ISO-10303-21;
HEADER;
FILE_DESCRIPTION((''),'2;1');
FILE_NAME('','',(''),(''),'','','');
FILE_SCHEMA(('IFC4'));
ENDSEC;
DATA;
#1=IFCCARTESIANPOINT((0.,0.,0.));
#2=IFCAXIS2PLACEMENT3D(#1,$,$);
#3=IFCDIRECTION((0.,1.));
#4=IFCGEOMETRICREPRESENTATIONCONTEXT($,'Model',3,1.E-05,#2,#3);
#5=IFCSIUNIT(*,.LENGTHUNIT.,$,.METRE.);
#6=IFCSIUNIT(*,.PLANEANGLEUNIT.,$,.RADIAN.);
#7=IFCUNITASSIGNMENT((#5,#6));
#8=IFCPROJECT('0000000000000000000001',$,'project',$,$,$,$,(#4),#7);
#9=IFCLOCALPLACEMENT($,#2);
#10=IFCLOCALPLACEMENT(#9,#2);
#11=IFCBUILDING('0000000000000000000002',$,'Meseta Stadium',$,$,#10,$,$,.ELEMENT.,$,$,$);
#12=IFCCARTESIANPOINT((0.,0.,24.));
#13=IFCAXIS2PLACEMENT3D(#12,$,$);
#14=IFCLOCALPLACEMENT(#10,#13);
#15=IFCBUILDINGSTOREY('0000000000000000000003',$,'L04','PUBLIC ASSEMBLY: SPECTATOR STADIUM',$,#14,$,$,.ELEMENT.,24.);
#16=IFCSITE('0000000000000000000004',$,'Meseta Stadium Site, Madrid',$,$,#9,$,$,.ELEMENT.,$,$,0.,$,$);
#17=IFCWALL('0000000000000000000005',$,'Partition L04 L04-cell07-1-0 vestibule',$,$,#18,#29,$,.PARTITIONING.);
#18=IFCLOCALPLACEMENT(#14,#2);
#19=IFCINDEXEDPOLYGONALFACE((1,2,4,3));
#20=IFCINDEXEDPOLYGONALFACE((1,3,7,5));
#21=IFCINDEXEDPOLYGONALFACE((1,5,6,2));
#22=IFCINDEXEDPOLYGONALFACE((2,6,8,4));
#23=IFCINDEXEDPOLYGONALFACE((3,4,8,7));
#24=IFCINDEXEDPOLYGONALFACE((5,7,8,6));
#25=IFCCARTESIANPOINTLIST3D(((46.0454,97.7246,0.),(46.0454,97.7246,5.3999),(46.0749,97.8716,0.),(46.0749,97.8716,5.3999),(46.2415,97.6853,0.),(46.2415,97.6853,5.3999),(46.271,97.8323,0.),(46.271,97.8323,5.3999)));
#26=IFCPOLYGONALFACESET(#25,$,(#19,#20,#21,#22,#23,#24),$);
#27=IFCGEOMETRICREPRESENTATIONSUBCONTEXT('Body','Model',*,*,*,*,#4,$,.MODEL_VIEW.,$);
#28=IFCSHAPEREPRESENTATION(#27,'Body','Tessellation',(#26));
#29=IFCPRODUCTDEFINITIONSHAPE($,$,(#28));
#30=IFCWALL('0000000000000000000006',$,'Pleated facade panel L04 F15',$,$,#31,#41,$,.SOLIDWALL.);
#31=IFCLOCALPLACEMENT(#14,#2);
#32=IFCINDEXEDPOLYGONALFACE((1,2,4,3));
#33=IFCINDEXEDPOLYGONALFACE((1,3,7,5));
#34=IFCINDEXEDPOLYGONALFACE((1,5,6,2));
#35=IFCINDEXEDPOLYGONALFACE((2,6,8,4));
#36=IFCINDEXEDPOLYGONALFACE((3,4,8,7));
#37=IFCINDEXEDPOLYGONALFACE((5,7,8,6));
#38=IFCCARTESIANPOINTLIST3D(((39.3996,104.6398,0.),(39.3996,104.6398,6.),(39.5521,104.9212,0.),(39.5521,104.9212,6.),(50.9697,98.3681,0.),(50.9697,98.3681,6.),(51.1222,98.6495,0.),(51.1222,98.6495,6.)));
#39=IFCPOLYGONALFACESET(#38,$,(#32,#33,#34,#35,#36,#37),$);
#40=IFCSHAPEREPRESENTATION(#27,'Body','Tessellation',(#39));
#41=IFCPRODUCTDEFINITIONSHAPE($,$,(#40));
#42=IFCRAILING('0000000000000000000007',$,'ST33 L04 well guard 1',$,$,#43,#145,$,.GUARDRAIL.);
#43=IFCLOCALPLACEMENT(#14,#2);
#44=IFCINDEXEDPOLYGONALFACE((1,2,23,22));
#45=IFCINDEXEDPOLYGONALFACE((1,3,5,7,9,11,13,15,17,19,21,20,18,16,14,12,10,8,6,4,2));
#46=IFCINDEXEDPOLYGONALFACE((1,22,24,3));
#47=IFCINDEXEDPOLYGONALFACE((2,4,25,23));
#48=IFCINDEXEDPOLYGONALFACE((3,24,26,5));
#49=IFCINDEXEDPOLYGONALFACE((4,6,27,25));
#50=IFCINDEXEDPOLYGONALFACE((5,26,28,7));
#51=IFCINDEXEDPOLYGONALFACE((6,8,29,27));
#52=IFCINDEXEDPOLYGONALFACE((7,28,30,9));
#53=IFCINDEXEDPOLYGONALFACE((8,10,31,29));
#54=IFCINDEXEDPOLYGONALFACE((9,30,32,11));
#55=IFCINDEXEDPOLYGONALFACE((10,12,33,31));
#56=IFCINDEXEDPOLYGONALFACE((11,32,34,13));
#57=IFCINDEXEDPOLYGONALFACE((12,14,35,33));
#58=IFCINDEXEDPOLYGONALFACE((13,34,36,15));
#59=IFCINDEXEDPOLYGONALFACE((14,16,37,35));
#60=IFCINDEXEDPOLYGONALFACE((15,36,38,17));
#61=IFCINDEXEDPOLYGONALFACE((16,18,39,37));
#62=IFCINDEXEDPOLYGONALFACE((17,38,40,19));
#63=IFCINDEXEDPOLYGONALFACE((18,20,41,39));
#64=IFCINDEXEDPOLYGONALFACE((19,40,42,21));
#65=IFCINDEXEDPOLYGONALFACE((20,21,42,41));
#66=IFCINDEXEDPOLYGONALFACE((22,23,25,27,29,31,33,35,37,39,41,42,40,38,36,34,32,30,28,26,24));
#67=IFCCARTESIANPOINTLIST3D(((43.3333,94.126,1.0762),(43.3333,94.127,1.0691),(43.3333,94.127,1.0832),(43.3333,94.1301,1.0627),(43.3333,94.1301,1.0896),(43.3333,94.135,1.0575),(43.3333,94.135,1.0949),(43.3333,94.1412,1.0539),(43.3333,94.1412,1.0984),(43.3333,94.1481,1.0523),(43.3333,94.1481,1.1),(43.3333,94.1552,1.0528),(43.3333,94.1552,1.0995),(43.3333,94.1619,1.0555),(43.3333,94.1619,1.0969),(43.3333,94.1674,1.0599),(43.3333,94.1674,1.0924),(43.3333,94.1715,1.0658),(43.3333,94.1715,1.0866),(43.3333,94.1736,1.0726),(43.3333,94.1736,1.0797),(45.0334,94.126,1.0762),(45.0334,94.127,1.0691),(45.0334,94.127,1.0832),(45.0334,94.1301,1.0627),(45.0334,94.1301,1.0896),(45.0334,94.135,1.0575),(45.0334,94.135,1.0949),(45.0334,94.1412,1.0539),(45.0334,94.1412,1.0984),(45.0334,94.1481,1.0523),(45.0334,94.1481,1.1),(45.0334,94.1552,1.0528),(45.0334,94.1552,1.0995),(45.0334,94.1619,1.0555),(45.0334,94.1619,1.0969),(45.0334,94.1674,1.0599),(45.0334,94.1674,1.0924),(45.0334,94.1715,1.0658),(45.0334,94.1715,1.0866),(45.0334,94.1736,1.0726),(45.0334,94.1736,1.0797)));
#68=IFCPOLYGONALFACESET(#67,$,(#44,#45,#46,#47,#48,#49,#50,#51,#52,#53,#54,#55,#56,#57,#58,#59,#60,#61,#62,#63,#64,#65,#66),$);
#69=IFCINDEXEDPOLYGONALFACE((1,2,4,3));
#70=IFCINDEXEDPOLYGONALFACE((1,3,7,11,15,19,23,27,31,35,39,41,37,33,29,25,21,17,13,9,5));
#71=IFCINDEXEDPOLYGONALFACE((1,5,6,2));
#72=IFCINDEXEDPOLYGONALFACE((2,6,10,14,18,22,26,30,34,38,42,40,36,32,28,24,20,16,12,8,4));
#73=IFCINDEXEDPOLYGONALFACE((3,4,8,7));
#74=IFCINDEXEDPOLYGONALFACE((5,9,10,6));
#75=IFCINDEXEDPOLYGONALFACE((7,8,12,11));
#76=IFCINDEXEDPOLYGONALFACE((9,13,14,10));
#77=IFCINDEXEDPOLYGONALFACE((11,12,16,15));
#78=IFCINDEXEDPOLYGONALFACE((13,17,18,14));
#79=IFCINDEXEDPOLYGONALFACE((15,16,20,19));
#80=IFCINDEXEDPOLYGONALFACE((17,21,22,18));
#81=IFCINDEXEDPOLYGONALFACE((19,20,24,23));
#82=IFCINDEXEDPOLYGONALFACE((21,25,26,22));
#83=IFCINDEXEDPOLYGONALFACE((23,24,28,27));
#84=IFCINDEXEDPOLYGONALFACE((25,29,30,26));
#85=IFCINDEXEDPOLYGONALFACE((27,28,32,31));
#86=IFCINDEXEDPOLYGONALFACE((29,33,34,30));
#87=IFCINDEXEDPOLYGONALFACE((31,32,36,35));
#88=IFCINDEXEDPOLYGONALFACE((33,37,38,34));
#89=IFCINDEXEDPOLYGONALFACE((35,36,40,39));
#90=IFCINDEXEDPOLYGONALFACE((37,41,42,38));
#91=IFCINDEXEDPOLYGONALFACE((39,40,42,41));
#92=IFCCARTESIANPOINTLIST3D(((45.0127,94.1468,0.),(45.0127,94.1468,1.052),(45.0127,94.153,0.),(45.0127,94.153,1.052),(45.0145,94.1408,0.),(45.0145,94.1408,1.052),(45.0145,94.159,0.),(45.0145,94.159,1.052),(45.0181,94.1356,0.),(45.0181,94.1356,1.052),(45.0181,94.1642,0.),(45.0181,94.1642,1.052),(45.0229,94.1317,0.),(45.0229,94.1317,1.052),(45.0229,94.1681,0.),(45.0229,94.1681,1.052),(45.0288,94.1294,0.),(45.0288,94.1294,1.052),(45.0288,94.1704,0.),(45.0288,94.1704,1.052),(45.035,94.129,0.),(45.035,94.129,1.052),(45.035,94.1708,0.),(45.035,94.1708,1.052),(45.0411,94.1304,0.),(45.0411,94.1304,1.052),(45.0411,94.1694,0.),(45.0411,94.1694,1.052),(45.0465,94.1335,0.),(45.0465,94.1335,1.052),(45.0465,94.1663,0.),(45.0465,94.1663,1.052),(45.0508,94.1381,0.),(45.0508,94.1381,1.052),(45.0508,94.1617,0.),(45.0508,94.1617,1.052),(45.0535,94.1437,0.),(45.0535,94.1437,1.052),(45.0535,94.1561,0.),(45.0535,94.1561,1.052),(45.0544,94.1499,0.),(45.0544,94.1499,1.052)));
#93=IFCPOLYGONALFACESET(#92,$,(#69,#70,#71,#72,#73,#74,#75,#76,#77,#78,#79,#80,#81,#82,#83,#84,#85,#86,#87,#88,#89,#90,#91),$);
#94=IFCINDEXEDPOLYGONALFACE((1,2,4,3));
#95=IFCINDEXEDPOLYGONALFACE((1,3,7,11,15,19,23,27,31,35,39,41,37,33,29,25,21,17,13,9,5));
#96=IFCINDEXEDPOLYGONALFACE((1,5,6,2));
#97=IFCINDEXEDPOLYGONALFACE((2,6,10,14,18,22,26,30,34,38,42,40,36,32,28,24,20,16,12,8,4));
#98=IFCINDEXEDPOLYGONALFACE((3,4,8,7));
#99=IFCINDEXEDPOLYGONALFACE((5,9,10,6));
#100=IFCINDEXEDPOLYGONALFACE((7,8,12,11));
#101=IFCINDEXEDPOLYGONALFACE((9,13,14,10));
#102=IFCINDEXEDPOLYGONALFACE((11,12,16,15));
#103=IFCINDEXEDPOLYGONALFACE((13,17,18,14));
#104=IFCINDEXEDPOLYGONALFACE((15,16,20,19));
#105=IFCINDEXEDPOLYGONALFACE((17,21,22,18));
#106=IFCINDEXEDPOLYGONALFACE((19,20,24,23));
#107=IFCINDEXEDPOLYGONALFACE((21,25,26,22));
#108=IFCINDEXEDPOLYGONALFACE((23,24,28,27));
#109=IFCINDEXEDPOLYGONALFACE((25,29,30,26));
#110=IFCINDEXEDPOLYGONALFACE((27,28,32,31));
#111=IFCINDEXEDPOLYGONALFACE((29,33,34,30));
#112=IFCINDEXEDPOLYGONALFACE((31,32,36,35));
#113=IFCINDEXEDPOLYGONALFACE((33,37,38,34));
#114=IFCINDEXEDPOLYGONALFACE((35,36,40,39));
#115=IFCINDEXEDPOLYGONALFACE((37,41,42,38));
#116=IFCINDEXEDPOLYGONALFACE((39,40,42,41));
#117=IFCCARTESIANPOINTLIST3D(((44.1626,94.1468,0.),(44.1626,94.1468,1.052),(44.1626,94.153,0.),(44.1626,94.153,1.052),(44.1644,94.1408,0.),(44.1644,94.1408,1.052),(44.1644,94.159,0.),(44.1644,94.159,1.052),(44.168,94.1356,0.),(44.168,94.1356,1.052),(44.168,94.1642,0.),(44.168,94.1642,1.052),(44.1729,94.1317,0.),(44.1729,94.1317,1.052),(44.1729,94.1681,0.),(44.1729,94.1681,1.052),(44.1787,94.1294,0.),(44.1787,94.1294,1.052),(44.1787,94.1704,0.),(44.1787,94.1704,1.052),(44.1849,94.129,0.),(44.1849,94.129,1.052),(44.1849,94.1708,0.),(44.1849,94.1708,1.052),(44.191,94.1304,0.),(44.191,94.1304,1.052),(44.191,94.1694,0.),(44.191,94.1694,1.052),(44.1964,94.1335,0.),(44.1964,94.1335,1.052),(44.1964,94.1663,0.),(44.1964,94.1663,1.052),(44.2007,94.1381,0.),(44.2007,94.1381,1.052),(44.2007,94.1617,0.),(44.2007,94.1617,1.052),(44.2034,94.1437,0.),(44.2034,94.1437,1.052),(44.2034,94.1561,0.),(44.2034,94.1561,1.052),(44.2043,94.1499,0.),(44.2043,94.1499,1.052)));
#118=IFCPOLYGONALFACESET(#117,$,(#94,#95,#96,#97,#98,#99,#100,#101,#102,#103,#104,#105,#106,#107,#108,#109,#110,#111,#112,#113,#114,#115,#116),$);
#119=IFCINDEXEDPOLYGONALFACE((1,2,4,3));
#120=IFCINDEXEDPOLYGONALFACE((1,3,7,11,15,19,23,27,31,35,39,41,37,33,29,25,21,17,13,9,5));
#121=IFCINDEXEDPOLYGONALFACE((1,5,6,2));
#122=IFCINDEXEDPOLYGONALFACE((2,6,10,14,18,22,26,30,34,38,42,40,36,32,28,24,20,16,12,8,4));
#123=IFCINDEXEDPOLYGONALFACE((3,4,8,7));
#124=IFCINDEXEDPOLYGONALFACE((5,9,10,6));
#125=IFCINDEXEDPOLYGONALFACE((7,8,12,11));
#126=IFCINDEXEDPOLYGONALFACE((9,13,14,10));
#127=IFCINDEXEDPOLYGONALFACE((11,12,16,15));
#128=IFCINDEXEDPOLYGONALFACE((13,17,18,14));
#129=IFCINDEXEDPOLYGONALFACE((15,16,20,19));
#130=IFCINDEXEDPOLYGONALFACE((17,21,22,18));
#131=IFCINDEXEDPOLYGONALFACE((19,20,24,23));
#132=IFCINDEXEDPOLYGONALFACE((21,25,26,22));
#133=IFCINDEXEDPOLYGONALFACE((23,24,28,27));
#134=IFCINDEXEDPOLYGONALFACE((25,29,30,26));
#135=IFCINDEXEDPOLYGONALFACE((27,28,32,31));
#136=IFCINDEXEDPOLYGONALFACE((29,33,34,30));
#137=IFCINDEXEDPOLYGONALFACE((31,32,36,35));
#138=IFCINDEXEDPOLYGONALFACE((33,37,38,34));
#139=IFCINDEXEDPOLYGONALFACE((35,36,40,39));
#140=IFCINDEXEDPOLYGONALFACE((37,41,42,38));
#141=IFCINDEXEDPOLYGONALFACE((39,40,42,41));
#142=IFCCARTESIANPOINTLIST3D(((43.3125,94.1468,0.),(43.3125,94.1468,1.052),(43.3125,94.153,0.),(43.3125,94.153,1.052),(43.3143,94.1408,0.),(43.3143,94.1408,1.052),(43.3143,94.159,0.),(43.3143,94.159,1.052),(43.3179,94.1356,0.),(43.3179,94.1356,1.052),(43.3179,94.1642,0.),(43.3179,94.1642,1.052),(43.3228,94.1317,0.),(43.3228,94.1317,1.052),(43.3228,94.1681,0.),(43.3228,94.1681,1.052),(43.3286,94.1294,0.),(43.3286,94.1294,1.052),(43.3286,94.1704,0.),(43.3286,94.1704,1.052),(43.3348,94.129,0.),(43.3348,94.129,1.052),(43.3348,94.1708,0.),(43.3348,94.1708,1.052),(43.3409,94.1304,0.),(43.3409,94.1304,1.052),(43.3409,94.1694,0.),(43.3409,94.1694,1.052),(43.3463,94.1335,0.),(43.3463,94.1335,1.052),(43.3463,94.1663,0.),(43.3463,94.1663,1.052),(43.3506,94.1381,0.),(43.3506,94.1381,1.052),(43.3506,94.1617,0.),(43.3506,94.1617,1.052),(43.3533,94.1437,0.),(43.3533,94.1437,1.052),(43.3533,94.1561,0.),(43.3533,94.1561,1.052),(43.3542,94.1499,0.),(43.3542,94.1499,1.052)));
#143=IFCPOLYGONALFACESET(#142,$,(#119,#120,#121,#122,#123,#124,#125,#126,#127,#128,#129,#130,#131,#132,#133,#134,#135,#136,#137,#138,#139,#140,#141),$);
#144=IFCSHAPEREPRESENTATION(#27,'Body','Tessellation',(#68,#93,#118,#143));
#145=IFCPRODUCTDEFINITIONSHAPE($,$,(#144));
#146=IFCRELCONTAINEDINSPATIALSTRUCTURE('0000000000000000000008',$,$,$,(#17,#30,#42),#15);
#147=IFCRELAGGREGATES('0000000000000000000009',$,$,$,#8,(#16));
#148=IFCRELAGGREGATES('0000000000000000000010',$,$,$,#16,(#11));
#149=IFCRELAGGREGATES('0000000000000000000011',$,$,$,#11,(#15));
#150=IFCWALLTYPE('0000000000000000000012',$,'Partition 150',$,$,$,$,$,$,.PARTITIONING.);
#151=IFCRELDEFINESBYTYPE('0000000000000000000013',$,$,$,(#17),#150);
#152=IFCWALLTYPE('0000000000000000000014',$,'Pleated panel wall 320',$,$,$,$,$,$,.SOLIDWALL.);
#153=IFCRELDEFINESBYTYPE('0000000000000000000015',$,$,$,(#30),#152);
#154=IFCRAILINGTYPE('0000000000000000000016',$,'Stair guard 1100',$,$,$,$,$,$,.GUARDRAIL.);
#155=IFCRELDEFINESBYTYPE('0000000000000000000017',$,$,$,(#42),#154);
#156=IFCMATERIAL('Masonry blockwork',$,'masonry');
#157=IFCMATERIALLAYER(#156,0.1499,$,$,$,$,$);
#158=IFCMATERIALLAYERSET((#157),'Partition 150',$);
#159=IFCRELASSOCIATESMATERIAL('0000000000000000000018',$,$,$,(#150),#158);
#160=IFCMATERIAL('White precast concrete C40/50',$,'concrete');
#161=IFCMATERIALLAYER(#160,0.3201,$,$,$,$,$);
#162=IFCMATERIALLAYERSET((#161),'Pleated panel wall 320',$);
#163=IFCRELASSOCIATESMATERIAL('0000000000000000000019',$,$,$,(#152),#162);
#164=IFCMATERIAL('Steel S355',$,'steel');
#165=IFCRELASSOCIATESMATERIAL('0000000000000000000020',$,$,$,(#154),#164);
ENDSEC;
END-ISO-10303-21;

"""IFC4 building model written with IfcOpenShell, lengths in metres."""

from ifc_helpers import new_model, si_unit, direction, frame, frame_2d, origin, origin_2d, place, context, subcontext, project, spatial, rectangle, circle, extrude, material, layer, layer_set, type_object, element, save


model = new_model("IFC4")

# Units and contexts
model_context = context("Model", 3, precision=1e-05, world=origin(), true_north=direction((0.0, 1.0)))
body_context = subcontext(model_context, "Body", "Model", "MODEL_VIEW")
ifc_project = project(units=[si_unit("LENGTHUNIT", "METRE"), si_unit("PLANEANGLEUNIT", "RADIAN")], contexts=[model_context])

# Site, building, storey
site_placement = place(None, origin())
site = spatial("IfcSite", under=ifc_project, at=site_placement, Name="Meseta Stadium Site, Madrid", CompositionType="ELEMENT", RefElevation=0.0)
building_placement = place(site_placement, origin())
building = spatial("IfcBuilding", under=site, at=building_placement, Name="Meseta Stadium", CompositionType="ELEMENT")
storey_placement = place(building_placement, frame((0.0, 0.0, 24.0)))
storey = spatial("IfcBuildingStorey", under=building, at=storey_placement, Name="L04", Description="PUBLIC ASSEMBLY: SPECTATOR STADIUM", CompositionType="ELEMENT", Elevation=24.0)

# Shared definitions
ifc_material_1 = material(Name="Masonry blockwork", Category="masonry")
ifc_layer_1 = layer(ifc_material_1, 0.1499)
ifc_layer_set_1 = layer_set([ifc_layer_1], Name="Partition 150")
wall_type_1 = type_object("IfcWallType", Name="Partition 150", PredefinedType="PARTITIONING", material=ifc_layer_set_1)

# Walls
wall_1_placement = place(storey_placement, frame((46.2563, 97.7588, 0.0), z_axis=(0.0, 0.0, 1.0), x_axis=(-0.980487, 0.196586, 0.0)))
element("IfcWall", 1, at=wall_1_placement, inside=storey, type_object=wall_type_1, Name="Partition L04 L04-cell07-1-0 vestibule", PredefinedType="PARTITIONING", context=body_context, shape_type="SweptSolid", body=[
    extrude(rectangle(XDim=0.2, YDim=0.1499, at=frame_2d((0.1001, 0.0))), origin(), (0.0, 0.0, 1.0), 5.3999),
])
ifc_material_2 = material(Name="White precast concrete C40/50", Category="concrete")
ifc_layer_2 = layer(ifc_material_2, 0.3201)
ifc_layer_set_2 = layer_set([ifc_layer_2], Name="Pleated panel wall 320")
wall_type_2 = type_object("IfcWallType", Name="Pleated panel wall 320", PredefinedType="SOLIDWALL", material=ifc_layer_set_2)
wall_2_placement = place(storey_placement, frame((39.4758, 104.7805, 0.0), z_axis=(0.0, 0.0, 1.0), x_axis=(0.879145, -0.476554, 0.0)))
element("IfcWall", 2, at=wall_2_placement, inside=storey, type_object=wall_type_2, Name="Pleated facade panel L04 F15", PredefinedType="SOLIDWALL", context=body_context, shape_type="SweptSolid", body=[
    extrude(rectangle(XDim=13.1606, YDim=0.3201, at=frame_2d((6.5803, 0.0))), origin(), (0.0, 0.0, 1.0), 6.0),
])

# Railing
ifc_material_3 = material(Name="Steel S355", Category="steel")
railing_type = type_object("IfcRailingType", Name="Stair guard 1100", PredefinedType="GUARDRAIL", material=ifc_material_3)
railing_placement = place(storey_placement, frame((45.0334, 94.1499, 0.0)))
element("IfcRailing", 3, at=railing_placement, inside=storey, type_object=railing_type, Name="ST33 L04 well guard 1", PredefinedType="GUARDRAIL", context=body_context, shape_type="SweptSolid", body=[
    extrude(circle(Radius=0.0239, at=origin_2d()), frame((0.0, 0.0, 1.0762), z_axis=(-1.0, 0.0, 0.0), x_axis=(0.0, -1.0, 0.0)), (0.0, 0.0, 1.0), 1.7002),
    extrude(circle(Radius=0.021, at=origin_2d()), origin(), (0.0, 0.0, 1.0), 1.052),
    extrude(circle(Radius=0.021, at=origin_2d()), frame((-0.8501, 0.0, 0.0)), (0.0, 0.0, 1.0), 1.052),
    extrude(circle(Radius=0.021, at=origin_2d()), frame((-1.7002, 0.0, 0.0)), (0.0, 0.0, 1.0), 1.052),
])

save(model, "model.ifc")
